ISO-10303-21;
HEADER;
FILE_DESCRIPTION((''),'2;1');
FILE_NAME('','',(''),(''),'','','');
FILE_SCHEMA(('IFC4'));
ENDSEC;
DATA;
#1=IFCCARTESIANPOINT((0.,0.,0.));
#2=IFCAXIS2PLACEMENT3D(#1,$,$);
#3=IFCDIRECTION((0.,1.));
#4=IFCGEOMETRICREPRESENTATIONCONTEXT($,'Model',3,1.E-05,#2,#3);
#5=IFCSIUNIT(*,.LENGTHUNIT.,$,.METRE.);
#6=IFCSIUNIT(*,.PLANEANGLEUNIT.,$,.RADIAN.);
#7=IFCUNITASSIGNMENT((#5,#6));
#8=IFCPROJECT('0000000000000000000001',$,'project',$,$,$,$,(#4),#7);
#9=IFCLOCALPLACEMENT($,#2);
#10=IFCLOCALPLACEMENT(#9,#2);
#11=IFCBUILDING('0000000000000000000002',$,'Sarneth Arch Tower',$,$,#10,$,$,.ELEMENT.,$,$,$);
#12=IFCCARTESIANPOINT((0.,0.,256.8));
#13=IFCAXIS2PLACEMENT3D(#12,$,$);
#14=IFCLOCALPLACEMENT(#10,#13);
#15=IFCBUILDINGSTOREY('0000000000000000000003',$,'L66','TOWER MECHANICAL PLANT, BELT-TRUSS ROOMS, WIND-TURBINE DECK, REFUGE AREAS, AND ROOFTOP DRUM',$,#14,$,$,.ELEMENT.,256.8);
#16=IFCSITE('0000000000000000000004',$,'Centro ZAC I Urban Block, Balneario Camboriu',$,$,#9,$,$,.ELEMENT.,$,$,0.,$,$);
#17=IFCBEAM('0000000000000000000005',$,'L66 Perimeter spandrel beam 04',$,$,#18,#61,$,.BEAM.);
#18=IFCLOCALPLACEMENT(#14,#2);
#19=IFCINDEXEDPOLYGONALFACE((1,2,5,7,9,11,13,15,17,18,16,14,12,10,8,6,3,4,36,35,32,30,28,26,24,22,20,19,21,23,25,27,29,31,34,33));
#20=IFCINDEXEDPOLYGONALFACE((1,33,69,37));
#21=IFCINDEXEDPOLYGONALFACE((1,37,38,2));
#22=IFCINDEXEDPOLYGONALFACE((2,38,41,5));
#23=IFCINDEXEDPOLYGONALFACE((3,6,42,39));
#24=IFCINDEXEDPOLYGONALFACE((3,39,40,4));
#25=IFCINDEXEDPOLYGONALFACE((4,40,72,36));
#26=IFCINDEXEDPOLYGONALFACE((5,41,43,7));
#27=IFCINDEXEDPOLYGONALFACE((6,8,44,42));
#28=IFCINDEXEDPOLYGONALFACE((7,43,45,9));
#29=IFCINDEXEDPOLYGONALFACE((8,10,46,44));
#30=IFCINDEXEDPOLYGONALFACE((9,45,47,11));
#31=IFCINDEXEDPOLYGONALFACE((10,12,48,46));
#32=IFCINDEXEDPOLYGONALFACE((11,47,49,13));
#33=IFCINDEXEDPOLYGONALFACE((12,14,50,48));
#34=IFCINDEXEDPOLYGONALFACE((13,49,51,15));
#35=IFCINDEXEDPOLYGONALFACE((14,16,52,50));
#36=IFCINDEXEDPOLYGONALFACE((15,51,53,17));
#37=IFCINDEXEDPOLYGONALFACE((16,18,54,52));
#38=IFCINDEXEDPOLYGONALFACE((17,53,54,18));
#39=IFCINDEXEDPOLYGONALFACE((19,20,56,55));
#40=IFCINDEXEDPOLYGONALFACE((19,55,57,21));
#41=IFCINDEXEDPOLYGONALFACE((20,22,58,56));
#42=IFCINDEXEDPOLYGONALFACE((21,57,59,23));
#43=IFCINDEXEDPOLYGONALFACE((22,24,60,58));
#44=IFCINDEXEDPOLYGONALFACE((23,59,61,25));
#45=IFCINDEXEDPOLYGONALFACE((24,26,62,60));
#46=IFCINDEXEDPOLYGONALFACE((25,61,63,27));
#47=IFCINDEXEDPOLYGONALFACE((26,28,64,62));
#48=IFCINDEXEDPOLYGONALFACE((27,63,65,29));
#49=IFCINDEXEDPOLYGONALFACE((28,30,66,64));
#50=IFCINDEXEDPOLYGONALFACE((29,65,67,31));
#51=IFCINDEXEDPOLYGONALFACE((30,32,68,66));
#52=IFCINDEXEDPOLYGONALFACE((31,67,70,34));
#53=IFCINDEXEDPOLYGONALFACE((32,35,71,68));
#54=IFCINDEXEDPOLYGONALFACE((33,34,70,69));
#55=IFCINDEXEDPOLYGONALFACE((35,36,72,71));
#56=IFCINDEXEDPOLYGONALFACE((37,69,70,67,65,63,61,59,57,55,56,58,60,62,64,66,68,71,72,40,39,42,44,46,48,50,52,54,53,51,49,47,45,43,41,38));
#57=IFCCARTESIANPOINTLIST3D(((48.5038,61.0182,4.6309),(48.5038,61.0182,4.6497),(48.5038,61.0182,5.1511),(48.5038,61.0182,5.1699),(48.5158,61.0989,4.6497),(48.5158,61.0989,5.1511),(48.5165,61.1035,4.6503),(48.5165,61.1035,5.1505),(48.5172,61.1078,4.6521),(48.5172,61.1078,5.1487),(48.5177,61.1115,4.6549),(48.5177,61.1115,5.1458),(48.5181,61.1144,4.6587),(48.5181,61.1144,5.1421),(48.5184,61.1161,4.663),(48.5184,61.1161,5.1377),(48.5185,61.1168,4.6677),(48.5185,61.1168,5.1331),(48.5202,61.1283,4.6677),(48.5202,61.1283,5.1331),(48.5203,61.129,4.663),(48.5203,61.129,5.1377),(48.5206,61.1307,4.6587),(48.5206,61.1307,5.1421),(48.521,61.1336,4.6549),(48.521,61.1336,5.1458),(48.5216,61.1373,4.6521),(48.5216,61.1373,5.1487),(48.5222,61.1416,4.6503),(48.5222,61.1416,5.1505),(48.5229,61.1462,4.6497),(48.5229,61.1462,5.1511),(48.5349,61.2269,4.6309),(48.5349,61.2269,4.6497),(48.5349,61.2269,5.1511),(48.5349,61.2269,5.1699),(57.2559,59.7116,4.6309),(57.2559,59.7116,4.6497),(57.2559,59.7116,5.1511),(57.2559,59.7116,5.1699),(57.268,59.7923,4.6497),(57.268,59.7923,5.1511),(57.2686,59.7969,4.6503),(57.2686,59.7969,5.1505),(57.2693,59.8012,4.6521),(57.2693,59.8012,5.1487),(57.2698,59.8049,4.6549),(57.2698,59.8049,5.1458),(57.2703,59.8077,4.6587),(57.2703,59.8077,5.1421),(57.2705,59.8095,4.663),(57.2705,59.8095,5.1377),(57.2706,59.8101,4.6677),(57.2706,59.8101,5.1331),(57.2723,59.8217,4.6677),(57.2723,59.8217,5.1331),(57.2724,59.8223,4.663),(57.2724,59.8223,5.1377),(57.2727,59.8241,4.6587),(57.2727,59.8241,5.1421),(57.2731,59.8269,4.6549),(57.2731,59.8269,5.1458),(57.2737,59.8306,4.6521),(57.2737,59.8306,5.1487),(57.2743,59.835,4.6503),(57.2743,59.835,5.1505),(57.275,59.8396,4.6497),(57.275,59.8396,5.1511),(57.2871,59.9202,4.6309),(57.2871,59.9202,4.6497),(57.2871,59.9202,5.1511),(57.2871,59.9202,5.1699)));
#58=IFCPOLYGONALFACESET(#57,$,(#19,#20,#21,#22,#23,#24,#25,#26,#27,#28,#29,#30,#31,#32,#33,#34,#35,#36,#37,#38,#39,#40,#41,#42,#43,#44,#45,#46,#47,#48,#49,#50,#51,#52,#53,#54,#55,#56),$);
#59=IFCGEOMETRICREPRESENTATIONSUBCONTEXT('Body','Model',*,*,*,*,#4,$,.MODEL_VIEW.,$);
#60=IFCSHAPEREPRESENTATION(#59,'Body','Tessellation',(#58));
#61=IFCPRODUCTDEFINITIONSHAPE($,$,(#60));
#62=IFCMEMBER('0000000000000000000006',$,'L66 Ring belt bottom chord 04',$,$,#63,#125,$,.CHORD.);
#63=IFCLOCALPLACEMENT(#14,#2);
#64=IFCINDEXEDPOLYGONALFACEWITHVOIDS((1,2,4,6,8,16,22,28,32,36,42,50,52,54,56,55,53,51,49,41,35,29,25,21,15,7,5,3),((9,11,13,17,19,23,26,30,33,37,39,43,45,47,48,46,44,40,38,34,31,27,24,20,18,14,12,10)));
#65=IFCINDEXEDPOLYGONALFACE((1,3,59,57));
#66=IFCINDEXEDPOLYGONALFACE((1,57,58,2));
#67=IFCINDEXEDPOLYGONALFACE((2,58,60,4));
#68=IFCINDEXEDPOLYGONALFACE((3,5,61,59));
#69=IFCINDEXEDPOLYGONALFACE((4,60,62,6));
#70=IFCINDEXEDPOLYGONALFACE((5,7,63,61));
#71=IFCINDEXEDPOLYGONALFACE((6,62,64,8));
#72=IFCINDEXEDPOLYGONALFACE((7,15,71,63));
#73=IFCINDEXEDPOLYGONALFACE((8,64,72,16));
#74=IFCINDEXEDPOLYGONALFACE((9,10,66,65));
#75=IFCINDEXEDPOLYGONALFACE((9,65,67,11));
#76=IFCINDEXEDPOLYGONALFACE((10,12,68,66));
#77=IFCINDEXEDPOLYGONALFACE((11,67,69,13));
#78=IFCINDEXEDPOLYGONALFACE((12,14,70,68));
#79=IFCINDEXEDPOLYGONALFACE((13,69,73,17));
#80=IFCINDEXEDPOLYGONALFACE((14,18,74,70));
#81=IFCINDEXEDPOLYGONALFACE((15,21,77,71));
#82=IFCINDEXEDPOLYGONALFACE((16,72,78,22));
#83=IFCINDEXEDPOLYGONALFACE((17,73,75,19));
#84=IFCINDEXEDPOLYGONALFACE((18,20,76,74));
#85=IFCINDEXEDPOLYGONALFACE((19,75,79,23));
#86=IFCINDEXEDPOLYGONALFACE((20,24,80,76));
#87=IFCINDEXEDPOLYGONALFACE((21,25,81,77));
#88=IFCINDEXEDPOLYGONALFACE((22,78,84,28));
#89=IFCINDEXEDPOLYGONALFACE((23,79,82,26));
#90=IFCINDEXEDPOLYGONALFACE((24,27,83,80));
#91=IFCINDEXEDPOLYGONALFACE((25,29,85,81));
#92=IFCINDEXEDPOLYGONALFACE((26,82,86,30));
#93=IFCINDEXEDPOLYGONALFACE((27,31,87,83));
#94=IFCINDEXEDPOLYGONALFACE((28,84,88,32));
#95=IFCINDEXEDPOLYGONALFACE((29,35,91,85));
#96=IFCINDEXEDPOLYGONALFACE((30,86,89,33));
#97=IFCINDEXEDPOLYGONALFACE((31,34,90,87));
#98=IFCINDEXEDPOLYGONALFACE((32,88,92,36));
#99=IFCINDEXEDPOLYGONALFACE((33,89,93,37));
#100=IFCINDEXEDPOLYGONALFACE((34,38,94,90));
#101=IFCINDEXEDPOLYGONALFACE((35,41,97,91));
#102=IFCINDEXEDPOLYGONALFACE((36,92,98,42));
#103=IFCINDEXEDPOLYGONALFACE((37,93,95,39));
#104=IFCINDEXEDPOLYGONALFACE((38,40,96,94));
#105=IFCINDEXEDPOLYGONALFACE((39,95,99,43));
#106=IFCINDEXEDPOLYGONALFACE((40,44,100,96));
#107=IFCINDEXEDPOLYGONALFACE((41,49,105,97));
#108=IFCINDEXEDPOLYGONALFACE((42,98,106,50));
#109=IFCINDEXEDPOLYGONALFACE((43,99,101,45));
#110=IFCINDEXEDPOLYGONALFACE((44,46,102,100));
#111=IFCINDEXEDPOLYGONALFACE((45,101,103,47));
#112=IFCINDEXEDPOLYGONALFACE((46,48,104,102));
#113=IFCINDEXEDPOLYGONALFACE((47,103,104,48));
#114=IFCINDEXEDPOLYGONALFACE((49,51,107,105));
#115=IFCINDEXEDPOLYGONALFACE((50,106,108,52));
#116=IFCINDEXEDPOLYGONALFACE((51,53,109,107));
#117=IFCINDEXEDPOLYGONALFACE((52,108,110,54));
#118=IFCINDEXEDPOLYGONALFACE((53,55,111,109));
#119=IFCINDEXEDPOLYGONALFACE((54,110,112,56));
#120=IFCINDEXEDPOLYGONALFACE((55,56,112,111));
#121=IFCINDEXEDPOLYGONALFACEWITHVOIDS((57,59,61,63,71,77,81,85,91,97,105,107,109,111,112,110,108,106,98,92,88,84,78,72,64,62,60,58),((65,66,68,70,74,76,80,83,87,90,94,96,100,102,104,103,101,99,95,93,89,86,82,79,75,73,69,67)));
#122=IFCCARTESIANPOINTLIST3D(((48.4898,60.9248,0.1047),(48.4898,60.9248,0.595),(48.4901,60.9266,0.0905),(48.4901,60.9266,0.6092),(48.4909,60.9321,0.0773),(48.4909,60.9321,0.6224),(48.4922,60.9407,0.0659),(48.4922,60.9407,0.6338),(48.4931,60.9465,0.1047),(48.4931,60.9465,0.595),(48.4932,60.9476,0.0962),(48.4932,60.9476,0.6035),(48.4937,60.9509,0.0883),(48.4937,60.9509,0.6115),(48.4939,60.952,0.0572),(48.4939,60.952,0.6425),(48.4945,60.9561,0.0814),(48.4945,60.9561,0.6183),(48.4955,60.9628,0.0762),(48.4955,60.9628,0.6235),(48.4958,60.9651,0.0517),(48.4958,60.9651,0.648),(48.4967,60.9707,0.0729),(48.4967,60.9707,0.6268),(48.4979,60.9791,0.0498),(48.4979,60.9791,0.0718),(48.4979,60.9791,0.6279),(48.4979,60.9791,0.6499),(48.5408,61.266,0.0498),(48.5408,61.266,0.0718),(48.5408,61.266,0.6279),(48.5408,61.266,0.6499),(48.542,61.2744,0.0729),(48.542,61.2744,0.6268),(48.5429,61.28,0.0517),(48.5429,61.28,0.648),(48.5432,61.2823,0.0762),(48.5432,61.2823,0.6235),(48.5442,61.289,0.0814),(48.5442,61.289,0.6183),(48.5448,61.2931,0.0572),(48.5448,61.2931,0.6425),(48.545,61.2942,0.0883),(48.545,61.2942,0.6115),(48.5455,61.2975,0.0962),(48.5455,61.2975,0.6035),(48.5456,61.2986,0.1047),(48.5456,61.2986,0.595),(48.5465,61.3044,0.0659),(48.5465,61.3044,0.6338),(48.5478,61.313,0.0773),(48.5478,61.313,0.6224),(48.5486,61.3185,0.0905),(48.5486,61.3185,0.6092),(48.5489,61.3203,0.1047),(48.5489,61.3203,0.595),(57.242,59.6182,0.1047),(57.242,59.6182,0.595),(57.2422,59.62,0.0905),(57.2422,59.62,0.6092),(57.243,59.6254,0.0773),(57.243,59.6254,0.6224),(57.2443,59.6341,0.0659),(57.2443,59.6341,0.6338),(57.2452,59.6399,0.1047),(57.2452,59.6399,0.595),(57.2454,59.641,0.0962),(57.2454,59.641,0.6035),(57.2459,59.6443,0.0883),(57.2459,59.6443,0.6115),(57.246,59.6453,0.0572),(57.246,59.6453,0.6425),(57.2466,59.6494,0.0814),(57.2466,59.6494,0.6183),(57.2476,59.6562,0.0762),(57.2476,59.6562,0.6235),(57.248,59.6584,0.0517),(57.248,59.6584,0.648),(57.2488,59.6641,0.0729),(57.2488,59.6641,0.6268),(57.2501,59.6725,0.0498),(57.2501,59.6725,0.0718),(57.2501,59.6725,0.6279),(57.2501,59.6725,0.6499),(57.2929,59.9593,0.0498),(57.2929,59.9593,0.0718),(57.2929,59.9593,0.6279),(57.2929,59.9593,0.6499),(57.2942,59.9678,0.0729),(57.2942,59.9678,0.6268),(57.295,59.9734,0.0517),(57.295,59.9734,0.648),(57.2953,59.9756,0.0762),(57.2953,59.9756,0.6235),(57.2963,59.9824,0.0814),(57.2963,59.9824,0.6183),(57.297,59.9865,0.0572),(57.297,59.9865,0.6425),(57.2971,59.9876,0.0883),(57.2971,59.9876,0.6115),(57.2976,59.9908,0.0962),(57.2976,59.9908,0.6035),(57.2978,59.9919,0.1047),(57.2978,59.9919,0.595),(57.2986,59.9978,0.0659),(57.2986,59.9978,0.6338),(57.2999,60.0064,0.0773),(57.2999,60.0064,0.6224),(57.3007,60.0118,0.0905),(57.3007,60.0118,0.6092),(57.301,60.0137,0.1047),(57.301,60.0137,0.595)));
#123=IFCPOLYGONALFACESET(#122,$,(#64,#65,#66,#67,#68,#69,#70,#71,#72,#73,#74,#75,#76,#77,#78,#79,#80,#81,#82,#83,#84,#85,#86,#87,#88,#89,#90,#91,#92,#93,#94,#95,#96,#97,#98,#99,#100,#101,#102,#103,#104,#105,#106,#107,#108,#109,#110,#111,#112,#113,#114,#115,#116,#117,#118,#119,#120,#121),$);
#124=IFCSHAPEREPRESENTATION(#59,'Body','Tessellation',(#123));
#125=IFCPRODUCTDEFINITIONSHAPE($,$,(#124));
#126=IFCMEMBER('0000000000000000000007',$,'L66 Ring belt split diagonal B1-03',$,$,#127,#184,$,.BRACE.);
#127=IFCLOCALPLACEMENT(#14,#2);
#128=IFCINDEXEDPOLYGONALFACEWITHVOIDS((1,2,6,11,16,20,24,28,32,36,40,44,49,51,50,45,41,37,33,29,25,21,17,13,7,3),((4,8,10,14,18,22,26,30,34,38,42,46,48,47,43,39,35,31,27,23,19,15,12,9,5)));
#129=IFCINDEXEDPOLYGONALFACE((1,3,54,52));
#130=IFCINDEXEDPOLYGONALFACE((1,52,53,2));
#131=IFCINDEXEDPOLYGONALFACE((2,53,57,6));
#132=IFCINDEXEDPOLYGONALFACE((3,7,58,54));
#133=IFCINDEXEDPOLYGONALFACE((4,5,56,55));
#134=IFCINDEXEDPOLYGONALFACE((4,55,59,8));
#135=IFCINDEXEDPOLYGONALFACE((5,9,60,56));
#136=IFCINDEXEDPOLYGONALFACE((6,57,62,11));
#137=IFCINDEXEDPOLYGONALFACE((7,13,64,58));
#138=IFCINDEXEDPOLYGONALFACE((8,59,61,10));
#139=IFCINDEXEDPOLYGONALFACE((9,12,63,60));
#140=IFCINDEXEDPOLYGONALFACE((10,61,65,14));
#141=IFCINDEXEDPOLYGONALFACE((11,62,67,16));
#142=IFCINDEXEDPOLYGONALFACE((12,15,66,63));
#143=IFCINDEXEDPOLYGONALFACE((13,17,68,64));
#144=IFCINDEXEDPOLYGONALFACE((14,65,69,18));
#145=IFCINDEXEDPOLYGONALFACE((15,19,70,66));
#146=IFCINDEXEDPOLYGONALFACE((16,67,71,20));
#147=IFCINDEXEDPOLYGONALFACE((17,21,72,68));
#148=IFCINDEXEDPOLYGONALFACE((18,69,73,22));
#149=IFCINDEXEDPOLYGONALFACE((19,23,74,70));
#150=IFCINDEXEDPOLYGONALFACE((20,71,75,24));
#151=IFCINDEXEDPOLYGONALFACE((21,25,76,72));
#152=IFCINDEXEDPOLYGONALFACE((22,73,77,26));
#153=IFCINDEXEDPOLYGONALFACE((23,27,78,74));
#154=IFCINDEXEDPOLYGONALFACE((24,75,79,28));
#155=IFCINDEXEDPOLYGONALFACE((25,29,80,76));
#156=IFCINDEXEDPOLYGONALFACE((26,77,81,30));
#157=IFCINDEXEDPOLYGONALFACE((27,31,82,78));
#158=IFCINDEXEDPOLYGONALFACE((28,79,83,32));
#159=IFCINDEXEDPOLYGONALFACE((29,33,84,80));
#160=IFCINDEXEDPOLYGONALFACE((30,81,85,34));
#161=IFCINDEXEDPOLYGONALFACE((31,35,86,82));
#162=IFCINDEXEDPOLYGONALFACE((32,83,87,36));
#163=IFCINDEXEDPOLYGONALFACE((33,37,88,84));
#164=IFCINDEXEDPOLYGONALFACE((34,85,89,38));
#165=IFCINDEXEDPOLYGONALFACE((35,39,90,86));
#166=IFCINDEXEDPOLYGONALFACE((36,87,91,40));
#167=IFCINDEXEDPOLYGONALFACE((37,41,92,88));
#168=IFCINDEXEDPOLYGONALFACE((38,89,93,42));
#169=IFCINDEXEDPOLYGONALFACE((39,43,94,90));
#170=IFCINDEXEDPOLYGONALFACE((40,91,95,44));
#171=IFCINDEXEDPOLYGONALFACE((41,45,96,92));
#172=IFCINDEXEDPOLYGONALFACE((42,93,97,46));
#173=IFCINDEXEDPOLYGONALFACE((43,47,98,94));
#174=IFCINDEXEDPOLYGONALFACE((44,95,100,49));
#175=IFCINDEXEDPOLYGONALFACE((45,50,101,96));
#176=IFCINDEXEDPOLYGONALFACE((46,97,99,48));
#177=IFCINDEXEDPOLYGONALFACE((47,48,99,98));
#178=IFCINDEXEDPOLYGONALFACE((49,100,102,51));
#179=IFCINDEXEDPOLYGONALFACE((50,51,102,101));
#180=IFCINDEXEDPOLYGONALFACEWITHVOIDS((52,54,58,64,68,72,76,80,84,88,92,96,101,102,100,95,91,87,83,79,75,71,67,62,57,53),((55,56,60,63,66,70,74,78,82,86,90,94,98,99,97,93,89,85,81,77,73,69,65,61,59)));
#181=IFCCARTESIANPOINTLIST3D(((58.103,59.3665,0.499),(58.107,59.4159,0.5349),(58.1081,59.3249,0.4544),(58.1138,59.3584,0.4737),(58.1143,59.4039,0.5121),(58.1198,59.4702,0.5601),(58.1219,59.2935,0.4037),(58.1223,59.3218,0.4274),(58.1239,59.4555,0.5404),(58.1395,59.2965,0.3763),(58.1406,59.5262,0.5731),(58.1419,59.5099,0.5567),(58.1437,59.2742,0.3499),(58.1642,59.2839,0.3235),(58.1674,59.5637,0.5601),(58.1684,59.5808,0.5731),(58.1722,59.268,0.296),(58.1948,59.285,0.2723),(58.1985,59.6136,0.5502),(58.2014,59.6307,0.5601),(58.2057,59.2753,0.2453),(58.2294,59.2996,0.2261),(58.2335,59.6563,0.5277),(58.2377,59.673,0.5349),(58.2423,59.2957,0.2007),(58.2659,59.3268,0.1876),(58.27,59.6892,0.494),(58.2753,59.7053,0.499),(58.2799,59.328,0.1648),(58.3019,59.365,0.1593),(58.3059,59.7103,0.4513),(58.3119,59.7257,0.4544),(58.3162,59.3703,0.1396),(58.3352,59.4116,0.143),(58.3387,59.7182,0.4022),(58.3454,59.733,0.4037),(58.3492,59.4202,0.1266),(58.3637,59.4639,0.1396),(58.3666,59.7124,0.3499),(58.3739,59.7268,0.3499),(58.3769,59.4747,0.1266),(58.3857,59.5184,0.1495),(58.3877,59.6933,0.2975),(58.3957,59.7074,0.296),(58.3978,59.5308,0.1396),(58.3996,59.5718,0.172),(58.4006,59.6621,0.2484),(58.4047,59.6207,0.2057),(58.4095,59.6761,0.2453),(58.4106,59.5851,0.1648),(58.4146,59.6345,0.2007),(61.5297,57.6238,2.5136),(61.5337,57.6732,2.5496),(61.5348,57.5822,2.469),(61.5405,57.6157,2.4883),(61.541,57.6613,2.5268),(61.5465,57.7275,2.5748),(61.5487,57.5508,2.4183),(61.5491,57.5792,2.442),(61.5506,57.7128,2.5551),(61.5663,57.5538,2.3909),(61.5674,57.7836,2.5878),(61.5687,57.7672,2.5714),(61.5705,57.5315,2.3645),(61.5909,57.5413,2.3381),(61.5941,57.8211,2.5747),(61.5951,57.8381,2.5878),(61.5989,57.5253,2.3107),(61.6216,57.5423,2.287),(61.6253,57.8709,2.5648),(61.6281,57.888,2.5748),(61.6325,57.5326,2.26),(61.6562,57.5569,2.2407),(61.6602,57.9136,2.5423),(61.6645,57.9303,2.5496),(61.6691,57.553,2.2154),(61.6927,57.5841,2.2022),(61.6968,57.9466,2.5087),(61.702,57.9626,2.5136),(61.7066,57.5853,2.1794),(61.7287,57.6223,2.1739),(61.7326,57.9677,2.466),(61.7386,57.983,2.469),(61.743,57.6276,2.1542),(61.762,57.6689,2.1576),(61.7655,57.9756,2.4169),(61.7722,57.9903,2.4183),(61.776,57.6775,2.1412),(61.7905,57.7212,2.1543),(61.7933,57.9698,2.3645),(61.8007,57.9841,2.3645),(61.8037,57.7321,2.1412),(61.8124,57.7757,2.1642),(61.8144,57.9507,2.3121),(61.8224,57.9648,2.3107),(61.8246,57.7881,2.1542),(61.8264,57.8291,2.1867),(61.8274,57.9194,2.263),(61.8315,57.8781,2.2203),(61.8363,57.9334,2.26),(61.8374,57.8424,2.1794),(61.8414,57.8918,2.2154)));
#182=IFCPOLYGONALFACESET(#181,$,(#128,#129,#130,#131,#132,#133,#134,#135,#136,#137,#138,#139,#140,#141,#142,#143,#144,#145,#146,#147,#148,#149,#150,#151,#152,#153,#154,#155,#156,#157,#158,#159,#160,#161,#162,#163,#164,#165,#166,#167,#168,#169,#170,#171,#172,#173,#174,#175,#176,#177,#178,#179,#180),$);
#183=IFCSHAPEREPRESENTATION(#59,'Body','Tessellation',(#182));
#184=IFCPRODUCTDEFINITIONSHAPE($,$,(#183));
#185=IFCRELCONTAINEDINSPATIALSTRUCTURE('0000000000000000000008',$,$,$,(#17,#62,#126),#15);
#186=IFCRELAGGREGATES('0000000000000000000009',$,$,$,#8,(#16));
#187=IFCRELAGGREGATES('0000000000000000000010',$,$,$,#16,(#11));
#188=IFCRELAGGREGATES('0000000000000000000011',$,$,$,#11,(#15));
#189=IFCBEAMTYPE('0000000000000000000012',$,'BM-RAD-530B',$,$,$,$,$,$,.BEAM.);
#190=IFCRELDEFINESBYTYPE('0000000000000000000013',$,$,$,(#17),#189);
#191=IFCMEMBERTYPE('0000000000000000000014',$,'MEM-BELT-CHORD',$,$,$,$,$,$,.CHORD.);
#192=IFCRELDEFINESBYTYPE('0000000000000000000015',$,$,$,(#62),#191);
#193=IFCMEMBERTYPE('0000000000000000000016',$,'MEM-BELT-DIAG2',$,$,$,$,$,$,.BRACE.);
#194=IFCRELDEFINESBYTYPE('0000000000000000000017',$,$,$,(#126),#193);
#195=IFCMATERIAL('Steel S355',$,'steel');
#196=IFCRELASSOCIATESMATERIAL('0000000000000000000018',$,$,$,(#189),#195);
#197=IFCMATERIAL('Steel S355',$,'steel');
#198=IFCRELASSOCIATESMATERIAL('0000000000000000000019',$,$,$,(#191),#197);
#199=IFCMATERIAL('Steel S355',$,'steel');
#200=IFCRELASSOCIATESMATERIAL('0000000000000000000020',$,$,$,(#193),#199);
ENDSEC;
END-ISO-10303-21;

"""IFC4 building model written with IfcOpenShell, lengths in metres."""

from ifc_helpers import new_model, si_unit, direction, frame, origin, origin_2d, place, context, subcontext, project, spatial, hollow_rectangle, hollow_circle, i_section, extrude, material, material_profile, profile_set, type_object, element, save


model = new_model("IFC4")

# Units and contexts
model_context = context("Model", 3, precision=1e-05, world=origin(), true_north=direction((0.0, 1.0)))
body_context = subcontext(model_context, "Body", "Model", "MODEL_VIEW")
ifc_project = project(units=[si_unit("LENGTHUNIT", "METRE"), si_unit("PLANEANGLEUNIT", "RADIAN")], contexts=[model_context])

# Site, building, storey
site_placement = place(None, origin())
site = spatial("IfcSite", under=ifc_project, at=site_placement, Name="Centro ZAC I Urban Block, Balneario Camboriu", CompositionType="ELEMENT", RefElevation=0.0)
building_placement = place(site_placement, origin())
building = spatial("IfcBuilding", under=site, at=building_placement, Name="Sarneth Arch Tower", CompositionType="ELEMENT")
storey_placement = place(building_placement, frame((0.0, 0.0, 256.8)))
storey = spatial("IfcBuildingStorey", under=building, at=storey_placement, Name="L66", Description="TOWER MECHANICAL PLANT, BELT-TRUSS ROOMS, WIND-TURBINE DECK, REFUGE AREAS, AND ROOFTOP DRUM", CompositionType="ELEMENT", Elevation=256.8)

# Beam
ifc_material_1 = material(Name="Steel S355", Category="steel")
ifc_material_profile_1 = material_profile(ifc_material_1, i_section(OverallWidth=0.2109, OverallDepth=0.5391, WebThickness=0.0117, FlangeThickness=0.0188, FilletRadius=0.0181, at=origin_2d()), Name="W530x109")
ifc_profile_set_1 = profile_set([ifc_material_profile_1], Name="Steel S355")
beam_type_1 = type_object("IfcBeamType", Name="BM-RAD-530B", PredefinedType="BEAM", material=ifc_profile_set_1)
beam_1_placement = place(storey_placement, frame((57.2715, 59.8159, 4.9004), z_axis=(-0.989039, 0.147656, 0.0), x_axis=(-0.147656, -0.989039, 0.0)))
element("IfcBeam", 1, at=beam_1_placement, inside=storey, type_object=beam_type_1, Name="L66 Perimeter spandrel beam 04", PredefinedType="BEAM", context=body_context, shape_type="SweptSolid", body=[
    extrude(i_section(OverallWidth=0.2109, OverallDepth=0.5391, WebThickness=0.0117, FlangeThickness=0.0188, FilletRadius=0.0181, at=origin_2d()), origin(), (0.0, 0.0, 1.0), 8.8491),
])

# Members
ifc_material_2 = material(Name="Steel S355", Category="steel")
ifc_material_profile_2 = material_profile(ifc_material_2, hollow_rectangle(XDim=0.3999, YDim=0.6001, WallThickness=0.022, InnerFilletRadius=0.033, OuterFilletRadius=0.0549, at=origin_2d()), Name="RHS600x400x22")
ifc_profile_set_2 = profile_set([ifc_material_profile_2], Name="Steel S355")
member_type_1 = type_object("IfcMemberType", Name="MEM-BELT-CHORD", PredefinedType="CHORD", material=ifc_profile_set_2)
member_1_placement = place(storey_placement, frame((57.2715, 59.8159, 0.3499), z_axis=(-0.989039, 0.147656, 0.0), x_axis=(-0.147656, -0.989039, 0.0)))
element("IfcMember", 2, at=member_1_placement, inside=storey, type_object=member_type_1, Name="L66 Ring belt bottom chord 04", PredefinedType="CHORD", context=body_context, shape_type="SweptSolid", body=[
    extrude(hollow_rectangle(XDim=0.3999, YDim=0.6001, WallThickness=0.022, InnerFilletRadius=0.033, OuterFilletRadius=0.0549, at=origin_2d()), origin(), (0.0, 0.0, 1.0), 8.8491),
])
ifc_material_3 = material(Name="Steel S355", Category="steel")
ifc_material_profile_3 = material_profile(ifc_material_3, hollow_circle(Radius=0.2539, WallThickness=0.0161, at=origin_2d()), Name="CHS508x16")
ifc_profile_set_3 = profile_set([ifc_material_profile_3], Name="Steel S355")
member_type_2 = type_object("IfcMemberType", Name="MEM-BELT-DIAG2", PredefinedType="BRACE", material=ifc_profile_set_3)
for number, where, z_axis, x_axis, name in (
    (3, (58.2588, 59.5005, 0.3499), (0.789517, -0.401508, 0.46417), (0.4533, 0.891358, 0.0), "L66 Ring belt split diagonal B1-03"),
):
    element("IfcMember", number, at=place(storey_placement, frame(where, z_axis=z_axis, x_axis=x_axis)), inside=storey, type_object=member_type_2, Name=name, PredefinedType="BRACE", context=body_context, shape_type="SweptSolid", body=[
        extrude(hollow_circle(Radius=0.2539, WallThickness=0.0161, at=origin_2d()), origin(), (0.0, 0.0, 1.0), 4.3403),
    ])

save(model, "model.ifc")
